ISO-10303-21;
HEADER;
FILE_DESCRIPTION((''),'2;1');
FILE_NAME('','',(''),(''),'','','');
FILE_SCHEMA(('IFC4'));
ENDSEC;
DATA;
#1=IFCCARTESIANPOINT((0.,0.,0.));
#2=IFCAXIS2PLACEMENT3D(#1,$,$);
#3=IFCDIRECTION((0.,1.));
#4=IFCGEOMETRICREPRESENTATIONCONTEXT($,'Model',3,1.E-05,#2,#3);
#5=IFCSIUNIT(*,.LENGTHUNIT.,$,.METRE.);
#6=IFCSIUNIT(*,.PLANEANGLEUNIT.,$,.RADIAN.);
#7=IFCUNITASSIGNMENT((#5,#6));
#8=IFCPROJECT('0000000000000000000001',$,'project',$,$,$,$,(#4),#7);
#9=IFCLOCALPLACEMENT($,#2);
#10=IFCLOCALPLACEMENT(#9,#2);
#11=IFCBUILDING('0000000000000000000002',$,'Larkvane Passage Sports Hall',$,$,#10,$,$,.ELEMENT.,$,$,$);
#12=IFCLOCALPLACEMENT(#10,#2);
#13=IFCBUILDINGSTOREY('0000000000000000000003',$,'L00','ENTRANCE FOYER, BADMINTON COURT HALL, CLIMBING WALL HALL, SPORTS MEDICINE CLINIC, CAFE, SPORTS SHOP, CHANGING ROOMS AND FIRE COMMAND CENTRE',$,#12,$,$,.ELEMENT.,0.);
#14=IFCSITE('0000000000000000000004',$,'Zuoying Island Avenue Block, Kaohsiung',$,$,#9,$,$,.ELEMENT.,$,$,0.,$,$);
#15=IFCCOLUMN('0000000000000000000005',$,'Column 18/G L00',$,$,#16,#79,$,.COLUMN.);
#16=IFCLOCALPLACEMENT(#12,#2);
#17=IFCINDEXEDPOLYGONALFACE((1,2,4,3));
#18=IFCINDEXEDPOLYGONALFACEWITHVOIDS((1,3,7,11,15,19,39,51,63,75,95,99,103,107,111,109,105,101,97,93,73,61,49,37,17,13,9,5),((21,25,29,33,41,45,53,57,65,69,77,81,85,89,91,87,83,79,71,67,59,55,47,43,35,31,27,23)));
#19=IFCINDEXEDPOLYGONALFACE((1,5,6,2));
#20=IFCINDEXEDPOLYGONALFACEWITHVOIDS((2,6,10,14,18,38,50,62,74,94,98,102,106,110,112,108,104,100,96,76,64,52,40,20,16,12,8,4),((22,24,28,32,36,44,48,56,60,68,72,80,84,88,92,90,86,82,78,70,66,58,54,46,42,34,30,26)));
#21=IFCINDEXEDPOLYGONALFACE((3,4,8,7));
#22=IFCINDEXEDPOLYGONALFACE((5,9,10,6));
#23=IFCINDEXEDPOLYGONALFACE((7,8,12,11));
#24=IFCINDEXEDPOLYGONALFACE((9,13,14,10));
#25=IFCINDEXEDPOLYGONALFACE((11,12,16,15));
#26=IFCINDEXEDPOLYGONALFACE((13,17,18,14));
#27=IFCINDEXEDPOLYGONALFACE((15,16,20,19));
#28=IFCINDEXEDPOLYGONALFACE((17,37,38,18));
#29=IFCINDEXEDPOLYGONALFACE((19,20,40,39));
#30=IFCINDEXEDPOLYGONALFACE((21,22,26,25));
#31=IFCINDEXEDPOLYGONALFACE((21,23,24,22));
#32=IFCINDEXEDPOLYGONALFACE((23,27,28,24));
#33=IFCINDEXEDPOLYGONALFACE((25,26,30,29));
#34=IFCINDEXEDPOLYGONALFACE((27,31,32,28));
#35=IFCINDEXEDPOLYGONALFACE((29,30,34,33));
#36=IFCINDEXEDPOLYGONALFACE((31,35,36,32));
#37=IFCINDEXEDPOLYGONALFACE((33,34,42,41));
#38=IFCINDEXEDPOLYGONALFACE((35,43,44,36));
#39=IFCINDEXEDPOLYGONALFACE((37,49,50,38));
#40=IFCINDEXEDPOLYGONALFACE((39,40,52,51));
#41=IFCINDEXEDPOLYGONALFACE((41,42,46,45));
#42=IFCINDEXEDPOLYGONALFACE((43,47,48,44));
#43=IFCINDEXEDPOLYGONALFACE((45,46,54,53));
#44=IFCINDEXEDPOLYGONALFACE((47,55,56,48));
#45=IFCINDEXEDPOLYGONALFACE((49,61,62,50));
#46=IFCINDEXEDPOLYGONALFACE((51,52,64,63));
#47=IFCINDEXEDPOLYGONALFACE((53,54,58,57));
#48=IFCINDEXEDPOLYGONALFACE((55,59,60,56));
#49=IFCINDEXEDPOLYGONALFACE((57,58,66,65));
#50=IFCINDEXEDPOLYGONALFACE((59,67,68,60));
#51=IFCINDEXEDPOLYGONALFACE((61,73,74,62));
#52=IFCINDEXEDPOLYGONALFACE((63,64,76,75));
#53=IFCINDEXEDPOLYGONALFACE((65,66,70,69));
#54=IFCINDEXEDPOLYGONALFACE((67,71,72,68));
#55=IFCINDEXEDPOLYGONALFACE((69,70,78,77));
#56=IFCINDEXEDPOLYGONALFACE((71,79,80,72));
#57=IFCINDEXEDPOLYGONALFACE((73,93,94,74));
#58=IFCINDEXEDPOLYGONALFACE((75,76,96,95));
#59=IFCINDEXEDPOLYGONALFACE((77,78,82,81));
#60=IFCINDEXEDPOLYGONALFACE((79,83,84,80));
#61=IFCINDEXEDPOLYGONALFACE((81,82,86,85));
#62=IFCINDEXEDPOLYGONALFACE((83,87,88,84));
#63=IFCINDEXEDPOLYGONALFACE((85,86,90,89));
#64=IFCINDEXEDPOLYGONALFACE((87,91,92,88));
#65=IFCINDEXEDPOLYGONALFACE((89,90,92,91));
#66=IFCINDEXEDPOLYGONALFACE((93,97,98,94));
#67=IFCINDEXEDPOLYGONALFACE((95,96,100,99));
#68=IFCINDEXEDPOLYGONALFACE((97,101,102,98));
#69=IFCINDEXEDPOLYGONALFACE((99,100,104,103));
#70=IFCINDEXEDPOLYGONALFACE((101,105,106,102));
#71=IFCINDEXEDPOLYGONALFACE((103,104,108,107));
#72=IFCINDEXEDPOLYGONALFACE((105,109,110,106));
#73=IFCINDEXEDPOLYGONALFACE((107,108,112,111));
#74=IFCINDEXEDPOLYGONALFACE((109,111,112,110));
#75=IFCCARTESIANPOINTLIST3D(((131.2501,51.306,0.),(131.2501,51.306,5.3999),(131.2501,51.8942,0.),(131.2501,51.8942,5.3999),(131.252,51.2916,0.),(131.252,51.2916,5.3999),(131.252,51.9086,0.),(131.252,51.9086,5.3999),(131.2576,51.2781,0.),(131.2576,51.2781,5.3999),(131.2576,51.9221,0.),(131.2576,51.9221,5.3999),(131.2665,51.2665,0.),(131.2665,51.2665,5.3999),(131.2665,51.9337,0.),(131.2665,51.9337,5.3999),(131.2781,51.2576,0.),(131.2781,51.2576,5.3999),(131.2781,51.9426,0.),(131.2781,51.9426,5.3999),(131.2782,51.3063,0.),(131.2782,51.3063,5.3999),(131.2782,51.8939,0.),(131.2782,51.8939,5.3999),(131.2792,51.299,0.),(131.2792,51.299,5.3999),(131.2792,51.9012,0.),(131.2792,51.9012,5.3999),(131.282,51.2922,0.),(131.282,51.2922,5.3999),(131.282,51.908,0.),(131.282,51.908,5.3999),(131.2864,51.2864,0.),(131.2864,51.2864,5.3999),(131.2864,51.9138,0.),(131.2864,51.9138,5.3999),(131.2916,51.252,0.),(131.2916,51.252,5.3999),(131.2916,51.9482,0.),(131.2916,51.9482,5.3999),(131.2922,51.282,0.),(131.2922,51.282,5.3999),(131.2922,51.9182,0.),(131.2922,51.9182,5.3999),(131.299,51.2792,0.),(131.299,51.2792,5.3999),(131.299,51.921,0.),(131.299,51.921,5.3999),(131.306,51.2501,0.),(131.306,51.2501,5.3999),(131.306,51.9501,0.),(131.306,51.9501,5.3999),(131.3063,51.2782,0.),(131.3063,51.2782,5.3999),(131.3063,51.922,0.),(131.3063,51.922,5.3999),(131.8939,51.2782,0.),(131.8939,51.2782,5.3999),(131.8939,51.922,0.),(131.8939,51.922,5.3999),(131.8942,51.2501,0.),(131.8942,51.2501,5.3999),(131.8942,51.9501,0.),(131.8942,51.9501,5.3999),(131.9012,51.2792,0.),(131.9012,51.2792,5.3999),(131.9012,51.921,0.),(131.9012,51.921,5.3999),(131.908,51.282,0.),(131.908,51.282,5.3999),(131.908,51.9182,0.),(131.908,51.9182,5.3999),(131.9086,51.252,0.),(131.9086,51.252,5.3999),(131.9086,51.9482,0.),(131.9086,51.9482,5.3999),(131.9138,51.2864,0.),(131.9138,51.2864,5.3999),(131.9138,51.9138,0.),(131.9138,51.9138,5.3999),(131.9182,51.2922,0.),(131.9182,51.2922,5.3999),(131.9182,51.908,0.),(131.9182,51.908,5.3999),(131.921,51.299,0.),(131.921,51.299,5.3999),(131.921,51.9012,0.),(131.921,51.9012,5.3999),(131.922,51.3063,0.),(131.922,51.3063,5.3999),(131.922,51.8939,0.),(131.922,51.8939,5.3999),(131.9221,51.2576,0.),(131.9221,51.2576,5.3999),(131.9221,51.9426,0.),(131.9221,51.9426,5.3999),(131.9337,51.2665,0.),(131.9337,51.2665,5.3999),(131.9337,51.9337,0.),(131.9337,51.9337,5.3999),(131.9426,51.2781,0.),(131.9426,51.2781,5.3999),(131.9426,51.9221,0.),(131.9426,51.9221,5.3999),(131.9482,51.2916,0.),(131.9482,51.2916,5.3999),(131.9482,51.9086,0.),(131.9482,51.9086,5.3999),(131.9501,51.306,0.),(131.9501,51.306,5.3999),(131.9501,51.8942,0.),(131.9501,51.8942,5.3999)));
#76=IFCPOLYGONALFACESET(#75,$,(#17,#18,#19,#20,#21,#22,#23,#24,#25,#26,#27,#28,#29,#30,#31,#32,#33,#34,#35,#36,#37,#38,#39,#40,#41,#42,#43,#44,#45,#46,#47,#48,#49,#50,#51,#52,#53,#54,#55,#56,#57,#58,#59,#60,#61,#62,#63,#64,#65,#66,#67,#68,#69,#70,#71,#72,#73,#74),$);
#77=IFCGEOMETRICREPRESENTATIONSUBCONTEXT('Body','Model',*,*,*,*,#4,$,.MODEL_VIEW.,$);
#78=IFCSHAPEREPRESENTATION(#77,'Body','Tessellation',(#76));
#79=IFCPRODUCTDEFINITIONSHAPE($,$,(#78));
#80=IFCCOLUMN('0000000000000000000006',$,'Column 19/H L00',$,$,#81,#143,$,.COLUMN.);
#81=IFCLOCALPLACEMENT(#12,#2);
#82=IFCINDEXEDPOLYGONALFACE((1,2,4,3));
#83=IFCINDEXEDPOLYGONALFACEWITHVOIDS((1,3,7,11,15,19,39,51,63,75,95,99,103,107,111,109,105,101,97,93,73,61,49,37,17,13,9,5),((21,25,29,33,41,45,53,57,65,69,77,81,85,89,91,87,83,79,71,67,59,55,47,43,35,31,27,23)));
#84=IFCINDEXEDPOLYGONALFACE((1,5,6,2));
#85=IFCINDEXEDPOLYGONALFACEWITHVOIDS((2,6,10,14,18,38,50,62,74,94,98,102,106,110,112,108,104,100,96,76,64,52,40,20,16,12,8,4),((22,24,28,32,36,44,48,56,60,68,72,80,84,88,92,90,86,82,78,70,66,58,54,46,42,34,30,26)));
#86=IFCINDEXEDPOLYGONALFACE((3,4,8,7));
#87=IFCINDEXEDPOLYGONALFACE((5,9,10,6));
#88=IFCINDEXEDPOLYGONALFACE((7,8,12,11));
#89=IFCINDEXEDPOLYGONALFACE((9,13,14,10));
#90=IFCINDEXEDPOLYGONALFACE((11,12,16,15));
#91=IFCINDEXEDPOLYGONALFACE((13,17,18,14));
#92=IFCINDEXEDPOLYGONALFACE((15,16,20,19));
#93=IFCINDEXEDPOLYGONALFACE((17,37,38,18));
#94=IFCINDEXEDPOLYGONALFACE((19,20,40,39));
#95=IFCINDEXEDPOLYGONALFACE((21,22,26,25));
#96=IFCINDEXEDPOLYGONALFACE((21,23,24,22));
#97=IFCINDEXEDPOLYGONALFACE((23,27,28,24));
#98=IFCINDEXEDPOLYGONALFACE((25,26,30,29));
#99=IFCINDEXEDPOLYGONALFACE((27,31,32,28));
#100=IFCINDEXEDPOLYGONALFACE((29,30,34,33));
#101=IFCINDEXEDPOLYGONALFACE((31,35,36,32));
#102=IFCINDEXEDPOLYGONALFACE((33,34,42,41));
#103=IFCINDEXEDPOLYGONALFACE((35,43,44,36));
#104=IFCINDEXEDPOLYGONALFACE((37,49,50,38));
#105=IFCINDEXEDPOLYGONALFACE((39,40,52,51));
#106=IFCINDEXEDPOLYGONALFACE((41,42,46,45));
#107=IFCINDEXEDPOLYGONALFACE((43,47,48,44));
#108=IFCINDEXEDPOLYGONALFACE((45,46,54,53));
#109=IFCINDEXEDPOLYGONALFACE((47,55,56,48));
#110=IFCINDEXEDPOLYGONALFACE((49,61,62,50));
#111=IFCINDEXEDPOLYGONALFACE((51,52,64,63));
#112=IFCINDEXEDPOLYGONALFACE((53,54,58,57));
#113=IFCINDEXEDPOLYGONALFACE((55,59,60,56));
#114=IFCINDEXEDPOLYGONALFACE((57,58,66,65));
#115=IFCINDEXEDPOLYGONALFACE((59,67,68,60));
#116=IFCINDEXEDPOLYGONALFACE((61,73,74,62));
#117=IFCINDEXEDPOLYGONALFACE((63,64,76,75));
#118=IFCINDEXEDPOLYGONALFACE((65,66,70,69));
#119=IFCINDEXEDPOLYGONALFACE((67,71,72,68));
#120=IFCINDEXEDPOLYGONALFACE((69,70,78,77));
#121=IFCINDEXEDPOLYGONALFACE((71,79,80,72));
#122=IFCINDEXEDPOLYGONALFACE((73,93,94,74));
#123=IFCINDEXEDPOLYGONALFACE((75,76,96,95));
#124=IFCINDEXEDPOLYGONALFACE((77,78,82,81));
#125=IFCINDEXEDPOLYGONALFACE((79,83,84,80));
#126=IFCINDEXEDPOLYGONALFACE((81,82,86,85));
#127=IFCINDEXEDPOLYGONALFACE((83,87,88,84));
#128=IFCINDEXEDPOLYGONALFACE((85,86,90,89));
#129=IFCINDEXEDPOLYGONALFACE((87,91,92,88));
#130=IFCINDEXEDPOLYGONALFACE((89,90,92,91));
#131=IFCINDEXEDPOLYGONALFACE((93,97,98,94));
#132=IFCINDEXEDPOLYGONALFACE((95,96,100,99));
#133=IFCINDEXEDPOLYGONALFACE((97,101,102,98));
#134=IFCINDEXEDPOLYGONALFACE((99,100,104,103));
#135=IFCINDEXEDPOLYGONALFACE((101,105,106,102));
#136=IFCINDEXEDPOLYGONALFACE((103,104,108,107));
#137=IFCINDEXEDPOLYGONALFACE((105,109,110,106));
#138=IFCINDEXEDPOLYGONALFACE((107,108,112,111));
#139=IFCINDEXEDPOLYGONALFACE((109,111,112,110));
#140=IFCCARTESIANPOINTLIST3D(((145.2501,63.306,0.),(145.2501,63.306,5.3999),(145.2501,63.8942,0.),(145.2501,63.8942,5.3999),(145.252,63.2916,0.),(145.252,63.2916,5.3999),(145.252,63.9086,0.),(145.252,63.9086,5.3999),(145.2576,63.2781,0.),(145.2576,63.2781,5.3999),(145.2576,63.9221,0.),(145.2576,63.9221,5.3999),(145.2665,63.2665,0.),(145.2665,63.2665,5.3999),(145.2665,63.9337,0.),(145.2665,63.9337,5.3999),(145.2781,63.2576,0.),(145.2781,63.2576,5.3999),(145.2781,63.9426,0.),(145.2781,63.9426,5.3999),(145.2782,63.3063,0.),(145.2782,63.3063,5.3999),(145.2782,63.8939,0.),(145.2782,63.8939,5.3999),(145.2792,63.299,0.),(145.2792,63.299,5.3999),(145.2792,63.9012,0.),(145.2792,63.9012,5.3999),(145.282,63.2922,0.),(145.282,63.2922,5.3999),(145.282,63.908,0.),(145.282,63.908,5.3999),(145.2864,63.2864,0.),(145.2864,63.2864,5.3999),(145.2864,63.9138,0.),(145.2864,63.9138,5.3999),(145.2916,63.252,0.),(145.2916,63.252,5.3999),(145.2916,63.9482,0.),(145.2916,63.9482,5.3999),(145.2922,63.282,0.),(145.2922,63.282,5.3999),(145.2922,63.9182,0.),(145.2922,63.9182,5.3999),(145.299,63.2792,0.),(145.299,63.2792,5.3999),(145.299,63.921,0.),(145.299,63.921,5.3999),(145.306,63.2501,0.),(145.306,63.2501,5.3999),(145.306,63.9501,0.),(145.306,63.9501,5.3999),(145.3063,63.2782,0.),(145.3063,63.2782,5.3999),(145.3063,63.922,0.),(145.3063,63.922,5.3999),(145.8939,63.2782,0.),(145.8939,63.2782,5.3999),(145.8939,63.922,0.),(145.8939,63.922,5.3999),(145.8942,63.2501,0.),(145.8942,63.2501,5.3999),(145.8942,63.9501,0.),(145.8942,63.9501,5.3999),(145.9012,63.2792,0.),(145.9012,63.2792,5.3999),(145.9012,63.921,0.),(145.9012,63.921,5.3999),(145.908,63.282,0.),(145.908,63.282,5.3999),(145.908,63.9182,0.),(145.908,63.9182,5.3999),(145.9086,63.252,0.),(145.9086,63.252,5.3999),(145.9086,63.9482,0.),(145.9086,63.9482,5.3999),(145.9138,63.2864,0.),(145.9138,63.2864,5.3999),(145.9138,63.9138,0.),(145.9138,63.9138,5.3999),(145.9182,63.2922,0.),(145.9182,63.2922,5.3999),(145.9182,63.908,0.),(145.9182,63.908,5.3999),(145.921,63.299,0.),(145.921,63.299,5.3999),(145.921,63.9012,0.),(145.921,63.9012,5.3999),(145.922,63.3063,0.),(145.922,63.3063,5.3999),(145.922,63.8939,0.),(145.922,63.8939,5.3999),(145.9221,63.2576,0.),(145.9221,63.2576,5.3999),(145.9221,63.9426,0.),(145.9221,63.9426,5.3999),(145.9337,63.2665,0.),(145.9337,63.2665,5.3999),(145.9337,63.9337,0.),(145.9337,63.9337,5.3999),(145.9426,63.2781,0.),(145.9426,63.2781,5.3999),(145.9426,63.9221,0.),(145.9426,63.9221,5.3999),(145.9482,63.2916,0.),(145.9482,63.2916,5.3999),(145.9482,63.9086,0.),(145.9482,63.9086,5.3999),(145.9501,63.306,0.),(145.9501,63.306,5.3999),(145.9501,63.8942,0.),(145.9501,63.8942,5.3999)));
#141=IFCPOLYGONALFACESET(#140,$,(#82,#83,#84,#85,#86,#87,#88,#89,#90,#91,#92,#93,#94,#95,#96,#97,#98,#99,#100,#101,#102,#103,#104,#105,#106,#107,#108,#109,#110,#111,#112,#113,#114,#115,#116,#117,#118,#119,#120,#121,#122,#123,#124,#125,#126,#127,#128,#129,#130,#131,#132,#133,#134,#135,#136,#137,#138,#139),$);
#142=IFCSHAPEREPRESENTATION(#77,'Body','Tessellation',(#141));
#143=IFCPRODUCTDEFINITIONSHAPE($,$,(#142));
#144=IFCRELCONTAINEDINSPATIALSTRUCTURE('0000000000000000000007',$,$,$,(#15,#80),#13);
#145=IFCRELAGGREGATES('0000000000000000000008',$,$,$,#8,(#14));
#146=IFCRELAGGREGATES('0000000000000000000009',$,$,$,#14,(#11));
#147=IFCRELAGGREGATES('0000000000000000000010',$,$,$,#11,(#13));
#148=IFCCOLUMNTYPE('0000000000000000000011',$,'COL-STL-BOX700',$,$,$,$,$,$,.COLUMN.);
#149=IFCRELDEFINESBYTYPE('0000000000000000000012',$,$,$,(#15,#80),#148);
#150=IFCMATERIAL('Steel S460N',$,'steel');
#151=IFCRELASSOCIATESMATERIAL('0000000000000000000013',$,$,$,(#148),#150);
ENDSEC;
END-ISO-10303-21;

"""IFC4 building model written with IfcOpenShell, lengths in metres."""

from ifc_helpers import new_model, si_unit, direction, frame, origin, origin_2d, place, context, subcontext, project, spatial, hollow_rectangle, extrude, material, material_profile, profile_set, type_object, element, save


model = new_model("IFC4")

# Units and contexts
model_context = context("Model", 3, precision=1e-05, world=origin(), true_north=direction((0.0, 1.0)))
body_context = subcontext(model_context, "Body", "Model", "MODEL_VIEW")
ifc_project = project(units=[si_unit("LENGTHUNIT", "METRE"), si_unit("PLANEANGLEUNIT", "RADIAN")], contexts=[model_context])

# Site, building, storey
site_placement = place(None, origin())
site = spatial("IfcSite", under=ifc_project, at=site_placement, Name="Zuoying Island Avenue Block, Kaohsiung", CompositionType="ELEMENT", RefElevation=0.0)
building_placement = place(site_placement, origin())
building = spatial("IfcBuilding", under=site, at=building_placement, Name="Larkvane Passage Sports Hall", CompositionType="ELEMENT")
storey_placement = place(building_placement, origin())
storey = spatial("IfcBuildingStorey", under=building, at=storey_placement, Name="L00", Description="ENTRANCE FOYER, BADMINTON COURT HALL, CLIMBING WALL HALL, SPORTS MEDICINE CLINIC, CAFE, SPORTS SHOP, CHANGING ROOMS AND FIRE COMMAND CENTRE", CompositionType="ELEMENT", Elevation=0.0)

# Columns
ifc_material_1 = material(Name="Steel S460N", Category="steel")
ifc_material_profile_1 = material_profile(ifc_material_1, hollow_rectangle(XDim=0.7, YDim=0.7, WallThickness=0.0281, InnerFilletRadius=0.0281, OuterFilletRadius=0.0559, at=origin_2d()), Name="BOX-700x700x28")
ifc_profile_set_1 = profile_set([ifc_material_profile_1], Name="Steel S460N")
column_type_1 = type_object("IfcColumnType", Name="COL-STL-BOX700", PredefinedType="COLUMN", material=ifc_profile_set_1)
for number, where, z_axis, x_axis, name in (
    (1, (131.6001, 51.6001, 0.0), (0.0, 0.0, 1.0), (1.0, 0.0, 0.0), "Column 18/G L00"),
    (2, (145.6001, 63.6001, 0.0), (0.0, 0.0, 1.0), (1.0, 0.0, 0.0), "Column 19/H L00"),
):
    element("IfcColumn", number, at=place(storey_placement, frame(where, z_axis=z_axis, x_axis=x_axis)), inside=storey, type_object=column_type_1, Name=name, PredefinedType="COLUMN", context=body_context, shape_type="SweptSolid", body=[
        extrude(hollow_rectangle(XDim=0.7, YDim=0.7, WallThickness=0.0281, InnerFilletRadius=0.0281, OuterFilletRadius=0.0559, at=origin_2d()), origin(), (0.0, 0.0, 1.0), 5.3999),
    ])

save(model, "model.ifc")
